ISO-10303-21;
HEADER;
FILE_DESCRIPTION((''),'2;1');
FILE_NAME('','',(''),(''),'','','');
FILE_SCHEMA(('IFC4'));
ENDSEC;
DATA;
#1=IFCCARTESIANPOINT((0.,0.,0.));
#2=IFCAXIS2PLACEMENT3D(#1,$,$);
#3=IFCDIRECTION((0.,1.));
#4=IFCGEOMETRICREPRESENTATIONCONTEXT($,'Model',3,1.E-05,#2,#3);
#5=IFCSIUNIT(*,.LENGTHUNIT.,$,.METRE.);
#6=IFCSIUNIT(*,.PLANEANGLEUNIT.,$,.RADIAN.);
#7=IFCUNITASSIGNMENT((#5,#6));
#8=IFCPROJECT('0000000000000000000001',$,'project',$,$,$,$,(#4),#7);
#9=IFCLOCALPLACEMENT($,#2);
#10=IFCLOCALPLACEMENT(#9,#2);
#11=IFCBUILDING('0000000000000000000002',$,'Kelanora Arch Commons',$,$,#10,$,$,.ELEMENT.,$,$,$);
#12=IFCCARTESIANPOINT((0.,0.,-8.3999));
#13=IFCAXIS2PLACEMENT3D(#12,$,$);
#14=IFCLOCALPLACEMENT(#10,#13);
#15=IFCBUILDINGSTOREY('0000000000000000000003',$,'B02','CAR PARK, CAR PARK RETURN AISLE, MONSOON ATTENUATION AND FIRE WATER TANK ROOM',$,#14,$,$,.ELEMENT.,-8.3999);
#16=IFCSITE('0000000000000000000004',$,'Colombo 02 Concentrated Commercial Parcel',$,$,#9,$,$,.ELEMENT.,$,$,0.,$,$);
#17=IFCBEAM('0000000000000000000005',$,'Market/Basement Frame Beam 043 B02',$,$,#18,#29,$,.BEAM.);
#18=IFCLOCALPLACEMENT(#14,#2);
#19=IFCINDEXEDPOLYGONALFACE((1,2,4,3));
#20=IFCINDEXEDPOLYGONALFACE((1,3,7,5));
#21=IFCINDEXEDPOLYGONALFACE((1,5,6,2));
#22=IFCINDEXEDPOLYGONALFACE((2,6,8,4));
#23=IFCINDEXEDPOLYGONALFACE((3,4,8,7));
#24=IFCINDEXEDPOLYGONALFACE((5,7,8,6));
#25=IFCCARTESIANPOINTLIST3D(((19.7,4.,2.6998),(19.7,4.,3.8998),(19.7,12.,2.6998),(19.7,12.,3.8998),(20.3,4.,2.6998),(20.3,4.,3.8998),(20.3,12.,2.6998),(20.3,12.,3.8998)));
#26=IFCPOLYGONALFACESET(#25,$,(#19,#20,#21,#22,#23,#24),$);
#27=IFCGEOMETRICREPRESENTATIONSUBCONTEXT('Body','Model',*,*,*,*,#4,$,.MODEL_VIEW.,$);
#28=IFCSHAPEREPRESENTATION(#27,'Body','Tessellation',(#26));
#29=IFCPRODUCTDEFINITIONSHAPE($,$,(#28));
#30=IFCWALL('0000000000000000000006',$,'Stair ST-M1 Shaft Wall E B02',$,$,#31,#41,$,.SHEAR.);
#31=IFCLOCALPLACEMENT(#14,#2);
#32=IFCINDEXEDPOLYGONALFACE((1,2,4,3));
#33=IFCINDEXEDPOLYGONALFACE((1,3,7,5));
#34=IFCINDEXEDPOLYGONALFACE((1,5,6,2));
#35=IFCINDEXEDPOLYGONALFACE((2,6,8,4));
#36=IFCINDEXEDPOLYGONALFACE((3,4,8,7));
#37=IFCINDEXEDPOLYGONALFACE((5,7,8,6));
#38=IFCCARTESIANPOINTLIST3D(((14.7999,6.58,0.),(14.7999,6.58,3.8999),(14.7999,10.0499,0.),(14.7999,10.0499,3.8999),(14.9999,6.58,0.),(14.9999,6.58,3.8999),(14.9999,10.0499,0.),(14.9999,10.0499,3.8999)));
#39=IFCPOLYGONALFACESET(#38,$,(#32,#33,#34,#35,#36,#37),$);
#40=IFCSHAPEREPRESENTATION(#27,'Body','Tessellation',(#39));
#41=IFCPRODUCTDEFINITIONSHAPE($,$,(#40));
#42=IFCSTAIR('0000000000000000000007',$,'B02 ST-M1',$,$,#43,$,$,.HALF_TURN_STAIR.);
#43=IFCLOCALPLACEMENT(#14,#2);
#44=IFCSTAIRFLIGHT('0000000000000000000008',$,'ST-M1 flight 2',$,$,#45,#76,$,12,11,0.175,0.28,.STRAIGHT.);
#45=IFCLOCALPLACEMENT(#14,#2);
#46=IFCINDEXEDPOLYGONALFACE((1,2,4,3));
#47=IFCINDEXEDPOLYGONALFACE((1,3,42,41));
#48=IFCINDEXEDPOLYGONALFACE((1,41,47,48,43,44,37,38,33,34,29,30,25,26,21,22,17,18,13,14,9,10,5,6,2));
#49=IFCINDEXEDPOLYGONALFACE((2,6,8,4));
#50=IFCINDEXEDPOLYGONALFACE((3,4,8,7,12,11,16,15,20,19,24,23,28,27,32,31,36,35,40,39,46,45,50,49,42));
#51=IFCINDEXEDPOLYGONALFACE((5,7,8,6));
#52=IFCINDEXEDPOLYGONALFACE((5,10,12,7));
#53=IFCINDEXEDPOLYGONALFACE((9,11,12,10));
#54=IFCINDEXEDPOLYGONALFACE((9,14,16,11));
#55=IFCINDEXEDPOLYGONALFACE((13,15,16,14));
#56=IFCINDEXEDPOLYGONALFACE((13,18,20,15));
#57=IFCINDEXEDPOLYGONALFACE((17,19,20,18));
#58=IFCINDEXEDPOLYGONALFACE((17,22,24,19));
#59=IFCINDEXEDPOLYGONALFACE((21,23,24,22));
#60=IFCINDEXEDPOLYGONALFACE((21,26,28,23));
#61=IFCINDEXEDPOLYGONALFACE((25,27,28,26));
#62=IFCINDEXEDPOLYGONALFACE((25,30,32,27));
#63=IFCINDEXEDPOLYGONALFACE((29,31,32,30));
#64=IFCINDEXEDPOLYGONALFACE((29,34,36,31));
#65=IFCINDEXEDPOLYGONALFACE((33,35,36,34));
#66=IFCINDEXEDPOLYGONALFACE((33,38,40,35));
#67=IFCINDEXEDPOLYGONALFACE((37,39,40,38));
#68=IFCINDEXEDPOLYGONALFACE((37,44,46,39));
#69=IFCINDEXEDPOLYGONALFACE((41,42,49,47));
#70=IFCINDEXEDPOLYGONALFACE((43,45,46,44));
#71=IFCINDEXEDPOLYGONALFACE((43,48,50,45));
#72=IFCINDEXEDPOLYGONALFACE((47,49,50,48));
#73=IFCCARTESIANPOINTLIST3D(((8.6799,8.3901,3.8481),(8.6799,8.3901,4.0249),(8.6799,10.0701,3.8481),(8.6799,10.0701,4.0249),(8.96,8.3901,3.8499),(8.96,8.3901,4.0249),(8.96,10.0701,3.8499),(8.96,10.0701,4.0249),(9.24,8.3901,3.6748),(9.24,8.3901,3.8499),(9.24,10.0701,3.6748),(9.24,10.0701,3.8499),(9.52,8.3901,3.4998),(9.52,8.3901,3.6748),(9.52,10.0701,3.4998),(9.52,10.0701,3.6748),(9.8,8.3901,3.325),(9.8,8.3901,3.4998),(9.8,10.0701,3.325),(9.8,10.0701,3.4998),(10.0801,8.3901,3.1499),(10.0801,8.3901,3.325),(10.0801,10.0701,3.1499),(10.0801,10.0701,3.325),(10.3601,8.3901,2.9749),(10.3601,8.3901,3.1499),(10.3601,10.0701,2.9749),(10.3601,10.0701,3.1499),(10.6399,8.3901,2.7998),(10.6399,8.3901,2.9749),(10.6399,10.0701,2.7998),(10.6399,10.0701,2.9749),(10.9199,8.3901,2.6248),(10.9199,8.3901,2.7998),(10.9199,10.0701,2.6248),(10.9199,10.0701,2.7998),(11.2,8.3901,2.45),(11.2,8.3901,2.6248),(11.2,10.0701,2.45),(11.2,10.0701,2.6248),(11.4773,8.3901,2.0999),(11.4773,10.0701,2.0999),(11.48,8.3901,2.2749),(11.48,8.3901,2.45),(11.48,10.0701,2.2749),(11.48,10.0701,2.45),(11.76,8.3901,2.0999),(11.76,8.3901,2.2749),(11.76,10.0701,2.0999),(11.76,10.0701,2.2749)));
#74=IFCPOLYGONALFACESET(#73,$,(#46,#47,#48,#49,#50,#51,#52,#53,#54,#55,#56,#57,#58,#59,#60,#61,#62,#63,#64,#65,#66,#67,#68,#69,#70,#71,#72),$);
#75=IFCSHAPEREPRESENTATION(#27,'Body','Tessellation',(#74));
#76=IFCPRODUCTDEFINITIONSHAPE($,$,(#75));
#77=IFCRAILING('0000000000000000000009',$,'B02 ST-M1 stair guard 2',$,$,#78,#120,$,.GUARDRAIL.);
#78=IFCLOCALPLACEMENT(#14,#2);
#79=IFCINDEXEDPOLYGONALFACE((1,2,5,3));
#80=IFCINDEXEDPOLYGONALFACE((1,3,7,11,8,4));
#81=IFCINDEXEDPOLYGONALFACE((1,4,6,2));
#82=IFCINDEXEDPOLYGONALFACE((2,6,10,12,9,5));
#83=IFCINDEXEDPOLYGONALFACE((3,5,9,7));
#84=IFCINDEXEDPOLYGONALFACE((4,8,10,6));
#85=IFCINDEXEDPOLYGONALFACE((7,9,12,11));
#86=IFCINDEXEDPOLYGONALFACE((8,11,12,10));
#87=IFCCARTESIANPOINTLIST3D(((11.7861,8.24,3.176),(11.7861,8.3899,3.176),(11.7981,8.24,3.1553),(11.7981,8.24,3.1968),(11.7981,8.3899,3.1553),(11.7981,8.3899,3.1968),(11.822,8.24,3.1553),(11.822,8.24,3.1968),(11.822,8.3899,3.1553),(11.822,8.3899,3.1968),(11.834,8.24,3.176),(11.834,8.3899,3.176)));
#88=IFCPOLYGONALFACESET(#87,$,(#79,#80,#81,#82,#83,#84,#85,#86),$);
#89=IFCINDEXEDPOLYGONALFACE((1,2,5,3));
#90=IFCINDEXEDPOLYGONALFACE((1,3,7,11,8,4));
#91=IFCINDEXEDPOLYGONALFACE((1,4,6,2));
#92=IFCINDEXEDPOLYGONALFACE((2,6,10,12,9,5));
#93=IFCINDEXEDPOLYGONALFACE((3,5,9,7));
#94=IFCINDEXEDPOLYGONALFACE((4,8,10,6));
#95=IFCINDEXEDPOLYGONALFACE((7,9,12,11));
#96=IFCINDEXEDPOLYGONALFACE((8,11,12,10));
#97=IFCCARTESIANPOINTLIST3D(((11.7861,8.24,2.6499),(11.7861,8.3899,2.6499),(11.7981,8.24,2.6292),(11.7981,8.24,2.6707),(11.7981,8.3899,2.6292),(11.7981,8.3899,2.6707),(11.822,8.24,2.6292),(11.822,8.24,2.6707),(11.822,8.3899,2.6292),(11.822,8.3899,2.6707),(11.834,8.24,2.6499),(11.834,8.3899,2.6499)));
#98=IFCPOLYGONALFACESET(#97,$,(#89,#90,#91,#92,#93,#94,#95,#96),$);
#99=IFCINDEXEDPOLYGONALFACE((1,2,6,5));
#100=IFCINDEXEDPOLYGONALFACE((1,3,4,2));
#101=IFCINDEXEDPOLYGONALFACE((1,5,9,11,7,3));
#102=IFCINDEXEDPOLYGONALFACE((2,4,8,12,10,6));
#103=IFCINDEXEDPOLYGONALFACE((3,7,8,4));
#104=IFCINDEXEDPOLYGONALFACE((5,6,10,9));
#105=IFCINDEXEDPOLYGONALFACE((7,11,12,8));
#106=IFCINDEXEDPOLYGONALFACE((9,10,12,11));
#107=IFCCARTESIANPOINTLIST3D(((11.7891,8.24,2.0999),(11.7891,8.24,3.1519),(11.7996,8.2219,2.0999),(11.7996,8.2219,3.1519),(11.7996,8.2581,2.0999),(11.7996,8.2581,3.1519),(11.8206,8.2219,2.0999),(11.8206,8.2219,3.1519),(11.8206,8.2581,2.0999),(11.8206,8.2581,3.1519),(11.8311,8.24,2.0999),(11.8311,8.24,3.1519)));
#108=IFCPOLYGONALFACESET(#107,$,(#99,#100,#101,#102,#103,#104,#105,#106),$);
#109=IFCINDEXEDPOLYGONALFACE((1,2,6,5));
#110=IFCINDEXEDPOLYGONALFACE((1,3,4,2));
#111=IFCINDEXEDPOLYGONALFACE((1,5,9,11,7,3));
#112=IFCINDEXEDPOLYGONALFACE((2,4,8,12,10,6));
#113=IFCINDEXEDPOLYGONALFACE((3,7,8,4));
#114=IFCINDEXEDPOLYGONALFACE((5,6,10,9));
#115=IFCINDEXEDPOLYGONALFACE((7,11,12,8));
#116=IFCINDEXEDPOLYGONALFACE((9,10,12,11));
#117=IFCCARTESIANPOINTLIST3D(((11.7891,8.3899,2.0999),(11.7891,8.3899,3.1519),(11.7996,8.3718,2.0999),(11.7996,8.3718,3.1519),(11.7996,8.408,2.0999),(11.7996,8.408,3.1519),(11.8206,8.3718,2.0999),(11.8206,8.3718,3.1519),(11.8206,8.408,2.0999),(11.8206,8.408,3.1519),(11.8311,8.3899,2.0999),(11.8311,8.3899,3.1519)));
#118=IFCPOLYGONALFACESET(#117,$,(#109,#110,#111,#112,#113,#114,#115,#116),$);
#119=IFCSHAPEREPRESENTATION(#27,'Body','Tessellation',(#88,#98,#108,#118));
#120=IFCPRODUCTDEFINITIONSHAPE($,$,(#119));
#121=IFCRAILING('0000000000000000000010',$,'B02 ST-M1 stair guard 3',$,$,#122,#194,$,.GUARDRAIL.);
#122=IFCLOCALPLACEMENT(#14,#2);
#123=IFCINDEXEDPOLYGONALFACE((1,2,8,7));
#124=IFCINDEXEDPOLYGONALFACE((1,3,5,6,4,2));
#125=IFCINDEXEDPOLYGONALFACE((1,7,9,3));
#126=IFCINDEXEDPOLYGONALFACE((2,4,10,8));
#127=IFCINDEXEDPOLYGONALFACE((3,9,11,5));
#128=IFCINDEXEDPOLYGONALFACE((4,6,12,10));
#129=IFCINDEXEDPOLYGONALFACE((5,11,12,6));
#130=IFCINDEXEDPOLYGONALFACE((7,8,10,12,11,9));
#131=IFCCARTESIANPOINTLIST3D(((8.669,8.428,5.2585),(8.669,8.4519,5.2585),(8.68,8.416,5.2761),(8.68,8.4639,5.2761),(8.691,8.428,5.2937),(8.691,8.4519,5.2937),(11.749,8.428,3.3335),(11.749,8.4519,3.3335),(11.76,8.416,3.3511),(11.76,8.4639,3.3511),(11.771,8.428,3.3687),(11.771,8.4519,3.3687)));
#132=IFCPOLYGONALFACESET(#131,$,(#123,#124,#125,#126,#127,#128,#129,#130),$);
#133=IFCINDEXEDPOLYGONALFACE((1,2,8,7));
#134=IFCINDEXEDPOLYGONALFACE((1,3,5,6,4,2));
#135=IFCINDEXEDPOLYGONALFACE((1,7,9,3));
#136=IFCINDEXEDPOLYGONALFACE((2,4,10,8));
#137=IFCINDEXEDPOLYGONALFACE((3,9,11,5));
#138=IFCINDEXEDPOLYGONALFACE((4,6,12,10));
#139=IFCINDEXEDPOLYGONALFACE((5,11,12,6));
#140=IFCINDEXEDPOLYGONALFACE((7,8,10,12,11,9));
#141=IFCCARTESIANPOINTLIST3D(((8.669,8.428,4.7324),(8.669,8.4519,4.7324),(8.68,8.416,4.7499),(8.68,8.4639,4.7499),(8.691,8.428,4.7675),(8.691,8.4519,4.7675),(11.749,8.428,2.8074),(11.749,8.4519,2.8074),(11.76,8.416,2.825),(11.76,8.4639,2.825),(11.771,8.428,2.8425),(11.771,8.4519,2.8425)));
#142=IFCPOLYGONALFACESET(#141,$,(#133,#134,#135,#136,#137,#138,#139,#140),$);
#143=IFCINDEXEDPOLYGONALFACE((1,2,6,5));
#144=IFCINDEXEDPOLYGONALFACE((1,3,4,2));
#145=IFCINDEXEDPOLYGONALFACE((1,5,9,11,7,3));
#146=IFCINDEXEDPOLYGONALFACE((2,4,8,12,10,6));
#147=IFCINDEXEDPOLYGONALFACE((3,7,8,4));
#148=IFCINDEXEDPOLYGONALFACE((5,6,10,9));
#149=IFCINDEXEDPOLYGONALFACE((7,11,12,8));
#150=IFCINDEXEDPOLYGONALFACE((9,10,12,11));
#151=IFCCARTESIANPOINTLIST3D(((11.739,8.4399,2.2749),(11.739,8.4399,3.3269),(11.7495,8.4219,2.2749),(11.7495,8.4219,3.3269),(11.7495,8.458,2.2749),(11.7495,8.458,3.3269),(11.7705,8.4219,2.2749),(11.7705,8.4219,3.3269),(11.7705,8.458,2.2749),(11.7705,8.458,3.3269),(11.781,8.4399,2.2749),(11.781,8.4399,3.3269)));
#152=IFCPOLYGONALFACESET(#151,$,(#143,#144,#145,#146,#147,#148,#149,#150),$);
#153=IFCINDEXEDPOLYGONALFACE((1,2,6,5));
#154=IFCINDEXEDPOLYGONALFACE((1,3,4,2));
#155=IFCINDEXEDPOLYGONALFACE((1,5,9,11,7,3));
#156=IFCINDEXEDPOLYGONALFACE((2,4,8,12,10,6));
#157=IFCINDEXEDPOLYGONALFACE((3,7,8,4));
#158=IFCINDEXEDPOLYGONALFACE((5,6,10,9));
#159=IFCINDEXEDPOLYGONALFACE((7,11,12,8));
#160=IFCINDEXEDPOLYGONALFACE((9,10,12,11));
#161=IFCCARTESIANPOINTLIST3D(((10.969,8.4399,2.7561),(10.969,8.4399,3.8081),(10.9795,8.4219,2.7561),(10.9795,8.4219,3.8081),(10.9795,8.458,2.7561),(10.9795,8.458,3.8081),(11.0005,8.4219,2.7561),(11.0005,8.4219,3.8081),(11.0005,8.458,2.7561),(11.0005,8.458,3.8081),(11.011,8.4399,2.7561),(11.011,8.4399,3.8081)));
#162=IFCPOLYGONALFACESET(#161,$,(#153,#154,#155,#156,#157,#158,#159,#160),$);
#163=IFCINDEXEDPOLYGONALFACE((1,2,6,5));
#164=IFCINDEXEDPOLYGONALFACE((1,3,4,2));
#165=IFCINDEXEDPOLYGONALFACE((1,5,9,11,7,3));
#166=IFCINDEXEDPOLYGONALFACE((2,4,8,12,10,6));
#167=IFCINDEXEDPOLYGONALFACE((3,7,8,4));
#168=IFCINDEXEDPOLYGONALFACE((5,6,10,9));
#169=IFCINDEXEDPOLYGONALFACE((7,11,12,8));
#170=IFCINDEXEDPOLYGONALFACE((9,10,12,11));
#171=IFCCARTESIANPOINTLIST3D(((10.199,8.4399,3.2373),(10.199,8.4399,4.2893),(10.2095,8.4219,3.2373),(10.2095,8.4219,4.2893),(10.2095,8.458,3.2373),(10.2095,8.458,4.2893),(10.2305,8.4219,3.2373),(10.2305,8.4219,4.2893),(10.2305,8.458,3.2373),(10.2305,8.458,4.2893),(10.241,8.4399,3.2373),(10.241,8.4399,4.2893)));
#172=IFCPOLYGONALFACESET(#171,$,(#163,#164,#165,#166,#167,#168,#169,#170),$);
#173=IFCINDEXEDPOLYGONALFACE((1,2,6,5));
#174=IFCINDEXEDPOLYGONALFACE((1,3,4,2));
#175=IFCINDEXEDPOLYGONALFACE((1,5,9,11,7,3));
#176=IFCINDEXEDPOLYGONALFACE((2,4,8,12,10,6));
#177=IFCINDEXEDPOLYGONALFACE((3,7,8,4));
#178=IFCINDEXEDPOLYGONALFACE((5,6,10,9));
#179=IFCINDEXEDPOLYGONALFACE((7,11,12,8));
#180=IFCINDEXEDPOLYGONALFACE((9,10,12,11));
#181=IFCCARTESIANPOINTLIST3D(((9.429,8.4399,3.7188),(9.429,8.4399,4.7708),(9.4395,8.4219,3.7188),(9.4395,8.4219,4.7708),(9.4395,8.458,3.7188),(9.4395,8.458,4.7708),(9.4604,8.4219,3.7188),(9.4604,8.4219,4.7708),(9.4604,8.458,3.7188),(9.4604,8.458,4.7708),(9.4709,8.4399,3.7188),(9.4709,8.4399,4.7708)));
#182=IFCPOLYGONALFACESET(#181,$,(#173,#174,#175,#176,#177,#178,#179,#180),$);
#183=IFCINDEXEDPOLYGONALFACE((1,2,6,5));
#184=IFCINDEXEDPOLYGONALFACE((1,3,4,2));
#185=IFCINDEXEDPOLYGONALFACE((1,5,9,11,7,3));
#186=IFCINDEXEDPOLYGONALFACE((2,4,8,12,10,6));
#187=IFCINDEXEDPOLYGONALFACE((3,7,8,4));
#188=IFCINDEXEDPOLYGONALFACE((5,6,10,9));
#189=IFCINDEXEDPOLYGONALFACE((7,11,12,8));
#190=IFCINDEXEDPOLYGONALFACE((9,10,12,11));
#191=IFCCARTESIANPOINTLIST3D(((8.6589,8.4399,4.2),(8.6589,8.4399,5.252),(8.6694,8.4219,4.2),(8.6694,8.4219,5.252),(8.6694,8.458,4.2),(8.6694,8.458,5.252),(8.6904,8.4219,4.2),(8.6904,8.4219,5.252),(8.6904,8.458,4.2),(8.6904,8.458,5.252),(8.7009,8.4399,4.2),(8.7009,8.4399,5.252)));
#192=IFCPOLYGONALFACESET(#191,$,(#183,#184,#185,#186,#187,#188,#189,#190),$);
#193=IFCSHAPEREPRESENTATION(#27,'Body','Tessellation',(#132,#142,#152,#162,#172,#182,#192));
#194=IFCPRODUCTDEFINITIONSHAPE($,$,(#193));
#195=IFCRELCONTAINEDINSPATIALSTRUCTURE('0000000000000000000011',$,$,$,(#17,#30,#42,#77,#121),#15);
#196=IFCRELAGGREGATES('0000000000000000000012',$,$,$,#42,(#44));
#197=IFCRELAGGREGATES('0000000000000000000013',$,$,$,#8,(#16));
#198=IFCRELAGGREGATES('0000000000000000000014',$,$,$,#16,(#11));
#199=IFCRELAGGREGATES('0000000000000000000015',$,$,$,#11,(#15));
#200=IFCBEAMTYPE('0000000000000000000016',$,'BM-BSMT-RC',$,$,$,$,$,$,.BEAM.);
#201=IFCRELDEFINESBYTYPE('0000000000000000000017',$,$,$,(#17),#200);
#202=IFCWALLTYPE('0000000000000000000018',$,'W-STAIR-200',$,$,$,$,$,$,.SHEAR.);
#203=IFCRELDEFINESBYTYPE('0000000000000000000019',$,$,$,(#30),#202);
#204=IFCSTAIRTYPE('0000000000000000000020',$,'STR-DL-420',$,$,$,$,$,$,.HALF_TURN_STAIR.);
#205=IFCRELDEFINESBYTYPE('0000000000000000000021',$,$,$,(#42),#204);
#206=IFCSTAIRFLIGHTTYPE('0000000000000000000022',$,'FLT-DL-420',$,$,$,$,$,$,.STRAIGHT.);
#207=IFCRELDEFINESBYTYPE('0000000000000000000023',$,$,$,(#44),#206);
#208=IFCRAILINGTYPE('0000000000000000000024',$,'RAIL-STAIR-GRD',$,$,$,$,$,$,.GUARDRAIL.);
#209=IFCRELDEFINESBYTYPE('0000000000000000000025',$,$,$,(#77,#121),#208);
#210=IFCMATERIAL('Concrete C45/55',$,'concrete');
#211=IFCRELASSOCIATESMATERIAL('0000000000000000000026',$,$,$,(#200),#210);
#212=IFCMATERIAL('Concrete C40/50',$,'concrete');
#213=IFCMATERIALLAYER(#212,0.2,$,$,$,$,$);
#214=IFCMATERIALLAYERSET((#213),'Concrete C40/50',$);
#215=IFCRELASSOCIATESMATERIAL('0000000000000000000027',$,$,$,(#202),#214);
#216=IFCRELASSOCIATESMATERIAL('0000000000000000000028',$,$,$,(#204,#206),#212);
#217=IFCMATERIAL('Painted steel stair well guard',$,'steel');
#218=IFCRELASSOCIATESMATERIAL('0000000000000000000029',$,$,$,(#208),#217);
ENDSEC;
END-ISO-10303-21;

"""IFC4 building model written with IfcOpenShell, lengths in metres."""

from ifc_helpers import new_model, si_unit, direction, frame, frame_2d, origin, origin_2d, place, context, subcontext, project, spatial, polyline, rectangle, outline, extrude, material, layer, layer_set, material_profile, profile_set, type_object, element, aggregate, save


model = new_model("IFC4")

# Units and contexts
model_context = context("Model", 3, precision=1e-05, world=origin(), true_north=direction((0.0, 1.0)))
body_context = subcontext(model_context, "Body", "Model", "MODEL_VIEW")
ifc_project = project(units=[si_unit("LENGTHUNIT", "METRE"), si_unit("PLANEANGLEUNIT", "RADIAN")], contexts=[model_context])

# Site, building, storey
site_placement = place(None, origin())
site = spatial("IfcSite", under=ifc_project, at=site_placement, Name="Colombo 02 Concentrated Commercial Parcel", CompositionType="ELEMENT", RefElevation=0.0)
building_placement = place(site_placement, origin())
building = spatial("IfcBuilding", under=site, at=building_placement, Name="Kelanora Arch Commons", CompositionType="ELEMENT")
storey_placement = place(building_placement, frame((0.0, 0.0, -8.3999)))
storey = spatial("IfcBuildingStorey", under=building, at=storey_placement, Name="B02", Description="CAR PARK, CAR PARK RETURN AISLE, MONSOON ATTENUATION AND FIRE WATER TANK ROOM", CompositionType="ELEMENT", Elevation=-8.3999)

# Shared definitions
ifc_material_1 = material(Name="Concrete C40/50", Category="concrete")

# Shared definitions
ifc_material_2 = material(Name="Concrete C45/55", Category="concrete")

# Beam
ifc_material_profile_1 = material_profile(ifc_material_2, rectangle(XDim=0.6001, YDim=1.2, at=origin_2d()), Name="RCB600x1200")
ifc_profile_set_1 = profile_set([ifc_material_profile_1], Name="Concrete C45/55")
beam_type = type_object("IfcBeamType", Name="BM-BSMT-RC", PredefinedType="BEAM", material=ifc_profile_set_1)
for number, where, z_axis, x_axis, name in (
    (1, (20.0, 4.0, 3.2998), (0.0, 1.0, 0.0), (-1.0, 0.0, 0.0), "Market/Basement Frame Beam 043 B02"),
):
    element("IfcBeam", number, at=place(storey_placement, frame(where, z_axis=z_axis, x_axis=x_axis)), inside=storey, type_object=beam_type, Name=name, PredefinedType="BEAM", context=body_context, shape_type="SweptSolid", body=[
        extrude(rectangle(XDim=0.6001, YDim=1.2, at=origin_2d()), origin(), (0.0, 0.0, 1.0), 8.0),
    ])

# Wall
ifc_layer = layer(ifc_material_1, 0.2)
ifc_layer_set = layer_set([ifc_layer], Name="Concrete C40/50")
wall_type = type_object("IfcWallType", Name="W-STAIR-200", PredefinedType="SHEAR", material=ifc_layer_set)
wall_placement = place(storey_placement, frame((14.8999, 6.5801, 0.0), z_axis=(0.0, 0.0, 1.0), x_axis=(0.0, 1.0, 0.0)))
element("IfcWall", 2, at=wall_placement, inside=storey, type_object=wall_type, Name="Stair ST-M1 Shaft Wall E B02", PredefinedType="SHEAR", context=body_context, shape_type="SweptSolid", body=[
    extrude(rectangle(XDim=3.47, YDim=0.2, at=frame_2d((1.7349, 0.0))), origin(), (0.0, 0.0, 1.0), 3.8999),
])

# Stair, stair flight
stair_type = type_object("IfcStairType", Name="STR-DL-420", PredefinedType="HALF_TURN_STAIR", material=ifc_material_1)
stair_placement = place(storey_placement, origin())
stair = element("IfcStair", 3, at=stair_placement, inside=storey, type_object=stair_type, Name="B02 ST-M1", PredefinedType="HALF_TURN_STAIR")
stair_flight_type = type_object("IfcStairFlightType", Name="FLT-DL-420", PredefinedType="STRAIGHT", material=ifc_material_1)
stair_flight_placement = place(storey_placement, frame((11.76, 9.23, 2.0999), z_axis=(0.0, 0.0, 1.0), x_axis=(-1.0, 0.0, 0.0)))
stair_flight = element("IfcStairFlight", 4, at=stair_flight_placement, type_object=stair_flight_type, Name="ST-M1 flight 2", NumberOfRisers=12, NumberOfTreads=11, PredefinedType="STRAIGHT", RiserHeight=0.175, TreadLength=0.28, context=body_context, shape_type="SweptSolid", body=[
    extrude(outline(polyline([(0.0, 0.0), (0.0, 0.175), (0.28, 0.175), (0.28, 0.3501), (0.5601, 0.3501), (0.5601, 0.5249), (0.8401, 0.5249), (0.8401, 0.7), (1.1201, 0.7), (1.1201, 0.875), (1.3999, 0.875), (1.3999, 1.05), (1.6799, 1.05), (1.6799, 1.2251), (1.96, 1.2251), (1.96, 1.3999), (2.24, 1.3999), (2.24, 1.575), (2.52, 1.575), (2.52, 1.75), (2.8, 1.75), (2.8, 1.925), (3.0801, 1.925), (3.0801, 2.1001), (3.0801, 1.7483), (0.2827, 0.0), (0.0, 0.0)])), frame((0.0, 0.8398, 0.0), z_axis=(0.0, -1.0, 0.0), x_axis=(1.0, 0.0, 0.0)), (0.0, 0.0, 1.0), 1.6799),
])
aggregate(stair, [stair_flight])

# Railings
ifc_material_3 = material(Name="Painted steel stair well guard", Category="steel")
railing_type = type_object("IfcRailingType", Name="RAIL-STAIR-GRD", PredefinedType="GUARDRAIL", material=ifc_material_3)
railing_1_placement = place(storey_placement, frame((11.8101, 8.24, 2.0999)))
element("IfcRailing", 5, at=railing_1_placement, inside=storey, type_object=railing_type, Name="B02 ST-M1 stair guard 2", PredefinedType="GUARDRAIL", context=body_context, shape_type="SweptSolid", body=[
    extrude(outline(polyline([(0.0239, 0.0), (0.012, 0.0208), (-0.012, 0.0208), (-0.0239, 0.0), (-0.012, -0.0208), (0.012, -0.0208), (0.0239, 0.0)])), frame((0.0, 0.0, 1.0762), z_axis=(0.0, 1.0, 0.0), x_axis=(-1.0, 0.0, 0.0)), (0.0, 0.0, 1.0), 0.1499),
    extrude(outline(polyline([(0.0239, 0.0), (0.012, 0.0208), (-0.012, 0.0208), (-0.0239, 0.0), (-0.012, -0.0208), (0.012, -0.0208), (0.0239, 0.0)])), frame((0.0, 0.0, 0.55), z_axis=(0.0, 1.0, 0.0), x_axis=(-1.0, 0.0, 0.0)), (0.0, 0.0, 1.0), 0.1499),
    extrude(outline(polyline([(0.021, 0.0), (0.0105, 0.0181), (-0.0105, 0.0181), (-0.021, 0.0), (-0.0105, -0.0181), (0.0105, -0.0181), (0.021, 0.0)])), origin(), (0.0, 0.0, 1.0), 1.052),
    extrude(outline(polyline([(0.021, 0.0), (0.0105, 0.0181), (-0.0105, 0.0181), (-0.021, 0.0), (-0.0105, -0.0181), (0.0105, -0.0181), (0.021, 0.0)])), frame((0.0, 0.1499, 0.0)), (0.0, 0.0, 1.0), 1.052),
])
railing_2_placement = place(storey_placement, frame((11.76, 8.4399, 2.2749)))
element("IfcRailing", 6, at=railing_2_placement, inside=storey, type_object=railing_type, Name="B02 ST-M1 stair guard 3", PredefinedType="GUARDRAIL", context=body_context, shape_type="SweptSolid", body=[
    extrude(outline(polyline([(0.0239, 0.0), (0.012, 0.0208), (-0.012, 0.0208), (-0.0239, 0.0), (-0.012, -0.0208), (0.012, -0.0208), (0.0239, 0.0)])), frame((0.0, 0.0, 1.0762), z_axis=(-0.847998, 0.0, 0.529999), x_axis=(0.0, -1.0, 0.0)), (0.0, 0.0, 1.0), 3.6321),
    extrude(outline(polyline([(0.0239, 0.0), (0.012, 0.0208), (-0.012, 0.0208), (-0.0239, 0.0), (-0.012, -0.0208), (0.012, -0.0208), (0.0239, 0.0)])), frame((0.0, 0.0, 0.55), z_axis=(-0.847998, 0.0, 0.529999), x_axis=(0.0, -1.0, 0.0)), (0.0, 0.0, 1.0), 3.6321),
    extrude(outline(polyline([(0.021, 0.0), (0.0105, 0.0181), (-0.0105, 0.0181), (-0.021, 0.0), (-0.0105, -0.0181), (0.0105, -0.0181), (0.021, 0.0)])), origin(), (0.0, 0.0, 1.0), 1.052),
    extrude(outline(polyline([(0.021, 0.0), (0.0105, 0.0181), (-0.0105, 0.0181), (-0.021, 0.0), (-0.0105, -0.0181), (0.0105, -0.0181), (0.021, 0.0)])), frame((-0.77, 0.0, 0.4812)), (0.0, 0.0, 1.0), 1.052),
    extrude(outline(polyline([(0.021, 0.0), (0.0105, 0.0181), (-0.0105, 0.0181), (-0.021, 0.0), (-0.0105, -0.0181), (0.0105, -0.0181), (0.021, 0.0)])), frame((-1.54, 0.0, 0.9624)), (0.0, 0.0, 1.0), 1.052),
    extrude(outline(polyline([(0.021, 0.0), (0.0105, 0.0181), (-0.0105, 0.0181), (-0.021, 0.0), (-0.0105, -0.0181), (0.0105, -0.0181), (0.021, 0.0)])), frame((-2.3101, 0.0, 1.4438)), (0.0, 0.0, 1.0), 1.052),
    extrude(outline(polyline([(0.021, 0.0), (0.0105, 0.0181), (-0.0105, 0.0181), (-0.021, 0.0), (-0.0105, -0.0181), (0.0105, -0.0181), (0.021, 0.0)])), frame((-3.0801, 0.0, 1.925)), (0.0, 0.0, 1.0), 1.052),
])

save(model, "model.ifc")
